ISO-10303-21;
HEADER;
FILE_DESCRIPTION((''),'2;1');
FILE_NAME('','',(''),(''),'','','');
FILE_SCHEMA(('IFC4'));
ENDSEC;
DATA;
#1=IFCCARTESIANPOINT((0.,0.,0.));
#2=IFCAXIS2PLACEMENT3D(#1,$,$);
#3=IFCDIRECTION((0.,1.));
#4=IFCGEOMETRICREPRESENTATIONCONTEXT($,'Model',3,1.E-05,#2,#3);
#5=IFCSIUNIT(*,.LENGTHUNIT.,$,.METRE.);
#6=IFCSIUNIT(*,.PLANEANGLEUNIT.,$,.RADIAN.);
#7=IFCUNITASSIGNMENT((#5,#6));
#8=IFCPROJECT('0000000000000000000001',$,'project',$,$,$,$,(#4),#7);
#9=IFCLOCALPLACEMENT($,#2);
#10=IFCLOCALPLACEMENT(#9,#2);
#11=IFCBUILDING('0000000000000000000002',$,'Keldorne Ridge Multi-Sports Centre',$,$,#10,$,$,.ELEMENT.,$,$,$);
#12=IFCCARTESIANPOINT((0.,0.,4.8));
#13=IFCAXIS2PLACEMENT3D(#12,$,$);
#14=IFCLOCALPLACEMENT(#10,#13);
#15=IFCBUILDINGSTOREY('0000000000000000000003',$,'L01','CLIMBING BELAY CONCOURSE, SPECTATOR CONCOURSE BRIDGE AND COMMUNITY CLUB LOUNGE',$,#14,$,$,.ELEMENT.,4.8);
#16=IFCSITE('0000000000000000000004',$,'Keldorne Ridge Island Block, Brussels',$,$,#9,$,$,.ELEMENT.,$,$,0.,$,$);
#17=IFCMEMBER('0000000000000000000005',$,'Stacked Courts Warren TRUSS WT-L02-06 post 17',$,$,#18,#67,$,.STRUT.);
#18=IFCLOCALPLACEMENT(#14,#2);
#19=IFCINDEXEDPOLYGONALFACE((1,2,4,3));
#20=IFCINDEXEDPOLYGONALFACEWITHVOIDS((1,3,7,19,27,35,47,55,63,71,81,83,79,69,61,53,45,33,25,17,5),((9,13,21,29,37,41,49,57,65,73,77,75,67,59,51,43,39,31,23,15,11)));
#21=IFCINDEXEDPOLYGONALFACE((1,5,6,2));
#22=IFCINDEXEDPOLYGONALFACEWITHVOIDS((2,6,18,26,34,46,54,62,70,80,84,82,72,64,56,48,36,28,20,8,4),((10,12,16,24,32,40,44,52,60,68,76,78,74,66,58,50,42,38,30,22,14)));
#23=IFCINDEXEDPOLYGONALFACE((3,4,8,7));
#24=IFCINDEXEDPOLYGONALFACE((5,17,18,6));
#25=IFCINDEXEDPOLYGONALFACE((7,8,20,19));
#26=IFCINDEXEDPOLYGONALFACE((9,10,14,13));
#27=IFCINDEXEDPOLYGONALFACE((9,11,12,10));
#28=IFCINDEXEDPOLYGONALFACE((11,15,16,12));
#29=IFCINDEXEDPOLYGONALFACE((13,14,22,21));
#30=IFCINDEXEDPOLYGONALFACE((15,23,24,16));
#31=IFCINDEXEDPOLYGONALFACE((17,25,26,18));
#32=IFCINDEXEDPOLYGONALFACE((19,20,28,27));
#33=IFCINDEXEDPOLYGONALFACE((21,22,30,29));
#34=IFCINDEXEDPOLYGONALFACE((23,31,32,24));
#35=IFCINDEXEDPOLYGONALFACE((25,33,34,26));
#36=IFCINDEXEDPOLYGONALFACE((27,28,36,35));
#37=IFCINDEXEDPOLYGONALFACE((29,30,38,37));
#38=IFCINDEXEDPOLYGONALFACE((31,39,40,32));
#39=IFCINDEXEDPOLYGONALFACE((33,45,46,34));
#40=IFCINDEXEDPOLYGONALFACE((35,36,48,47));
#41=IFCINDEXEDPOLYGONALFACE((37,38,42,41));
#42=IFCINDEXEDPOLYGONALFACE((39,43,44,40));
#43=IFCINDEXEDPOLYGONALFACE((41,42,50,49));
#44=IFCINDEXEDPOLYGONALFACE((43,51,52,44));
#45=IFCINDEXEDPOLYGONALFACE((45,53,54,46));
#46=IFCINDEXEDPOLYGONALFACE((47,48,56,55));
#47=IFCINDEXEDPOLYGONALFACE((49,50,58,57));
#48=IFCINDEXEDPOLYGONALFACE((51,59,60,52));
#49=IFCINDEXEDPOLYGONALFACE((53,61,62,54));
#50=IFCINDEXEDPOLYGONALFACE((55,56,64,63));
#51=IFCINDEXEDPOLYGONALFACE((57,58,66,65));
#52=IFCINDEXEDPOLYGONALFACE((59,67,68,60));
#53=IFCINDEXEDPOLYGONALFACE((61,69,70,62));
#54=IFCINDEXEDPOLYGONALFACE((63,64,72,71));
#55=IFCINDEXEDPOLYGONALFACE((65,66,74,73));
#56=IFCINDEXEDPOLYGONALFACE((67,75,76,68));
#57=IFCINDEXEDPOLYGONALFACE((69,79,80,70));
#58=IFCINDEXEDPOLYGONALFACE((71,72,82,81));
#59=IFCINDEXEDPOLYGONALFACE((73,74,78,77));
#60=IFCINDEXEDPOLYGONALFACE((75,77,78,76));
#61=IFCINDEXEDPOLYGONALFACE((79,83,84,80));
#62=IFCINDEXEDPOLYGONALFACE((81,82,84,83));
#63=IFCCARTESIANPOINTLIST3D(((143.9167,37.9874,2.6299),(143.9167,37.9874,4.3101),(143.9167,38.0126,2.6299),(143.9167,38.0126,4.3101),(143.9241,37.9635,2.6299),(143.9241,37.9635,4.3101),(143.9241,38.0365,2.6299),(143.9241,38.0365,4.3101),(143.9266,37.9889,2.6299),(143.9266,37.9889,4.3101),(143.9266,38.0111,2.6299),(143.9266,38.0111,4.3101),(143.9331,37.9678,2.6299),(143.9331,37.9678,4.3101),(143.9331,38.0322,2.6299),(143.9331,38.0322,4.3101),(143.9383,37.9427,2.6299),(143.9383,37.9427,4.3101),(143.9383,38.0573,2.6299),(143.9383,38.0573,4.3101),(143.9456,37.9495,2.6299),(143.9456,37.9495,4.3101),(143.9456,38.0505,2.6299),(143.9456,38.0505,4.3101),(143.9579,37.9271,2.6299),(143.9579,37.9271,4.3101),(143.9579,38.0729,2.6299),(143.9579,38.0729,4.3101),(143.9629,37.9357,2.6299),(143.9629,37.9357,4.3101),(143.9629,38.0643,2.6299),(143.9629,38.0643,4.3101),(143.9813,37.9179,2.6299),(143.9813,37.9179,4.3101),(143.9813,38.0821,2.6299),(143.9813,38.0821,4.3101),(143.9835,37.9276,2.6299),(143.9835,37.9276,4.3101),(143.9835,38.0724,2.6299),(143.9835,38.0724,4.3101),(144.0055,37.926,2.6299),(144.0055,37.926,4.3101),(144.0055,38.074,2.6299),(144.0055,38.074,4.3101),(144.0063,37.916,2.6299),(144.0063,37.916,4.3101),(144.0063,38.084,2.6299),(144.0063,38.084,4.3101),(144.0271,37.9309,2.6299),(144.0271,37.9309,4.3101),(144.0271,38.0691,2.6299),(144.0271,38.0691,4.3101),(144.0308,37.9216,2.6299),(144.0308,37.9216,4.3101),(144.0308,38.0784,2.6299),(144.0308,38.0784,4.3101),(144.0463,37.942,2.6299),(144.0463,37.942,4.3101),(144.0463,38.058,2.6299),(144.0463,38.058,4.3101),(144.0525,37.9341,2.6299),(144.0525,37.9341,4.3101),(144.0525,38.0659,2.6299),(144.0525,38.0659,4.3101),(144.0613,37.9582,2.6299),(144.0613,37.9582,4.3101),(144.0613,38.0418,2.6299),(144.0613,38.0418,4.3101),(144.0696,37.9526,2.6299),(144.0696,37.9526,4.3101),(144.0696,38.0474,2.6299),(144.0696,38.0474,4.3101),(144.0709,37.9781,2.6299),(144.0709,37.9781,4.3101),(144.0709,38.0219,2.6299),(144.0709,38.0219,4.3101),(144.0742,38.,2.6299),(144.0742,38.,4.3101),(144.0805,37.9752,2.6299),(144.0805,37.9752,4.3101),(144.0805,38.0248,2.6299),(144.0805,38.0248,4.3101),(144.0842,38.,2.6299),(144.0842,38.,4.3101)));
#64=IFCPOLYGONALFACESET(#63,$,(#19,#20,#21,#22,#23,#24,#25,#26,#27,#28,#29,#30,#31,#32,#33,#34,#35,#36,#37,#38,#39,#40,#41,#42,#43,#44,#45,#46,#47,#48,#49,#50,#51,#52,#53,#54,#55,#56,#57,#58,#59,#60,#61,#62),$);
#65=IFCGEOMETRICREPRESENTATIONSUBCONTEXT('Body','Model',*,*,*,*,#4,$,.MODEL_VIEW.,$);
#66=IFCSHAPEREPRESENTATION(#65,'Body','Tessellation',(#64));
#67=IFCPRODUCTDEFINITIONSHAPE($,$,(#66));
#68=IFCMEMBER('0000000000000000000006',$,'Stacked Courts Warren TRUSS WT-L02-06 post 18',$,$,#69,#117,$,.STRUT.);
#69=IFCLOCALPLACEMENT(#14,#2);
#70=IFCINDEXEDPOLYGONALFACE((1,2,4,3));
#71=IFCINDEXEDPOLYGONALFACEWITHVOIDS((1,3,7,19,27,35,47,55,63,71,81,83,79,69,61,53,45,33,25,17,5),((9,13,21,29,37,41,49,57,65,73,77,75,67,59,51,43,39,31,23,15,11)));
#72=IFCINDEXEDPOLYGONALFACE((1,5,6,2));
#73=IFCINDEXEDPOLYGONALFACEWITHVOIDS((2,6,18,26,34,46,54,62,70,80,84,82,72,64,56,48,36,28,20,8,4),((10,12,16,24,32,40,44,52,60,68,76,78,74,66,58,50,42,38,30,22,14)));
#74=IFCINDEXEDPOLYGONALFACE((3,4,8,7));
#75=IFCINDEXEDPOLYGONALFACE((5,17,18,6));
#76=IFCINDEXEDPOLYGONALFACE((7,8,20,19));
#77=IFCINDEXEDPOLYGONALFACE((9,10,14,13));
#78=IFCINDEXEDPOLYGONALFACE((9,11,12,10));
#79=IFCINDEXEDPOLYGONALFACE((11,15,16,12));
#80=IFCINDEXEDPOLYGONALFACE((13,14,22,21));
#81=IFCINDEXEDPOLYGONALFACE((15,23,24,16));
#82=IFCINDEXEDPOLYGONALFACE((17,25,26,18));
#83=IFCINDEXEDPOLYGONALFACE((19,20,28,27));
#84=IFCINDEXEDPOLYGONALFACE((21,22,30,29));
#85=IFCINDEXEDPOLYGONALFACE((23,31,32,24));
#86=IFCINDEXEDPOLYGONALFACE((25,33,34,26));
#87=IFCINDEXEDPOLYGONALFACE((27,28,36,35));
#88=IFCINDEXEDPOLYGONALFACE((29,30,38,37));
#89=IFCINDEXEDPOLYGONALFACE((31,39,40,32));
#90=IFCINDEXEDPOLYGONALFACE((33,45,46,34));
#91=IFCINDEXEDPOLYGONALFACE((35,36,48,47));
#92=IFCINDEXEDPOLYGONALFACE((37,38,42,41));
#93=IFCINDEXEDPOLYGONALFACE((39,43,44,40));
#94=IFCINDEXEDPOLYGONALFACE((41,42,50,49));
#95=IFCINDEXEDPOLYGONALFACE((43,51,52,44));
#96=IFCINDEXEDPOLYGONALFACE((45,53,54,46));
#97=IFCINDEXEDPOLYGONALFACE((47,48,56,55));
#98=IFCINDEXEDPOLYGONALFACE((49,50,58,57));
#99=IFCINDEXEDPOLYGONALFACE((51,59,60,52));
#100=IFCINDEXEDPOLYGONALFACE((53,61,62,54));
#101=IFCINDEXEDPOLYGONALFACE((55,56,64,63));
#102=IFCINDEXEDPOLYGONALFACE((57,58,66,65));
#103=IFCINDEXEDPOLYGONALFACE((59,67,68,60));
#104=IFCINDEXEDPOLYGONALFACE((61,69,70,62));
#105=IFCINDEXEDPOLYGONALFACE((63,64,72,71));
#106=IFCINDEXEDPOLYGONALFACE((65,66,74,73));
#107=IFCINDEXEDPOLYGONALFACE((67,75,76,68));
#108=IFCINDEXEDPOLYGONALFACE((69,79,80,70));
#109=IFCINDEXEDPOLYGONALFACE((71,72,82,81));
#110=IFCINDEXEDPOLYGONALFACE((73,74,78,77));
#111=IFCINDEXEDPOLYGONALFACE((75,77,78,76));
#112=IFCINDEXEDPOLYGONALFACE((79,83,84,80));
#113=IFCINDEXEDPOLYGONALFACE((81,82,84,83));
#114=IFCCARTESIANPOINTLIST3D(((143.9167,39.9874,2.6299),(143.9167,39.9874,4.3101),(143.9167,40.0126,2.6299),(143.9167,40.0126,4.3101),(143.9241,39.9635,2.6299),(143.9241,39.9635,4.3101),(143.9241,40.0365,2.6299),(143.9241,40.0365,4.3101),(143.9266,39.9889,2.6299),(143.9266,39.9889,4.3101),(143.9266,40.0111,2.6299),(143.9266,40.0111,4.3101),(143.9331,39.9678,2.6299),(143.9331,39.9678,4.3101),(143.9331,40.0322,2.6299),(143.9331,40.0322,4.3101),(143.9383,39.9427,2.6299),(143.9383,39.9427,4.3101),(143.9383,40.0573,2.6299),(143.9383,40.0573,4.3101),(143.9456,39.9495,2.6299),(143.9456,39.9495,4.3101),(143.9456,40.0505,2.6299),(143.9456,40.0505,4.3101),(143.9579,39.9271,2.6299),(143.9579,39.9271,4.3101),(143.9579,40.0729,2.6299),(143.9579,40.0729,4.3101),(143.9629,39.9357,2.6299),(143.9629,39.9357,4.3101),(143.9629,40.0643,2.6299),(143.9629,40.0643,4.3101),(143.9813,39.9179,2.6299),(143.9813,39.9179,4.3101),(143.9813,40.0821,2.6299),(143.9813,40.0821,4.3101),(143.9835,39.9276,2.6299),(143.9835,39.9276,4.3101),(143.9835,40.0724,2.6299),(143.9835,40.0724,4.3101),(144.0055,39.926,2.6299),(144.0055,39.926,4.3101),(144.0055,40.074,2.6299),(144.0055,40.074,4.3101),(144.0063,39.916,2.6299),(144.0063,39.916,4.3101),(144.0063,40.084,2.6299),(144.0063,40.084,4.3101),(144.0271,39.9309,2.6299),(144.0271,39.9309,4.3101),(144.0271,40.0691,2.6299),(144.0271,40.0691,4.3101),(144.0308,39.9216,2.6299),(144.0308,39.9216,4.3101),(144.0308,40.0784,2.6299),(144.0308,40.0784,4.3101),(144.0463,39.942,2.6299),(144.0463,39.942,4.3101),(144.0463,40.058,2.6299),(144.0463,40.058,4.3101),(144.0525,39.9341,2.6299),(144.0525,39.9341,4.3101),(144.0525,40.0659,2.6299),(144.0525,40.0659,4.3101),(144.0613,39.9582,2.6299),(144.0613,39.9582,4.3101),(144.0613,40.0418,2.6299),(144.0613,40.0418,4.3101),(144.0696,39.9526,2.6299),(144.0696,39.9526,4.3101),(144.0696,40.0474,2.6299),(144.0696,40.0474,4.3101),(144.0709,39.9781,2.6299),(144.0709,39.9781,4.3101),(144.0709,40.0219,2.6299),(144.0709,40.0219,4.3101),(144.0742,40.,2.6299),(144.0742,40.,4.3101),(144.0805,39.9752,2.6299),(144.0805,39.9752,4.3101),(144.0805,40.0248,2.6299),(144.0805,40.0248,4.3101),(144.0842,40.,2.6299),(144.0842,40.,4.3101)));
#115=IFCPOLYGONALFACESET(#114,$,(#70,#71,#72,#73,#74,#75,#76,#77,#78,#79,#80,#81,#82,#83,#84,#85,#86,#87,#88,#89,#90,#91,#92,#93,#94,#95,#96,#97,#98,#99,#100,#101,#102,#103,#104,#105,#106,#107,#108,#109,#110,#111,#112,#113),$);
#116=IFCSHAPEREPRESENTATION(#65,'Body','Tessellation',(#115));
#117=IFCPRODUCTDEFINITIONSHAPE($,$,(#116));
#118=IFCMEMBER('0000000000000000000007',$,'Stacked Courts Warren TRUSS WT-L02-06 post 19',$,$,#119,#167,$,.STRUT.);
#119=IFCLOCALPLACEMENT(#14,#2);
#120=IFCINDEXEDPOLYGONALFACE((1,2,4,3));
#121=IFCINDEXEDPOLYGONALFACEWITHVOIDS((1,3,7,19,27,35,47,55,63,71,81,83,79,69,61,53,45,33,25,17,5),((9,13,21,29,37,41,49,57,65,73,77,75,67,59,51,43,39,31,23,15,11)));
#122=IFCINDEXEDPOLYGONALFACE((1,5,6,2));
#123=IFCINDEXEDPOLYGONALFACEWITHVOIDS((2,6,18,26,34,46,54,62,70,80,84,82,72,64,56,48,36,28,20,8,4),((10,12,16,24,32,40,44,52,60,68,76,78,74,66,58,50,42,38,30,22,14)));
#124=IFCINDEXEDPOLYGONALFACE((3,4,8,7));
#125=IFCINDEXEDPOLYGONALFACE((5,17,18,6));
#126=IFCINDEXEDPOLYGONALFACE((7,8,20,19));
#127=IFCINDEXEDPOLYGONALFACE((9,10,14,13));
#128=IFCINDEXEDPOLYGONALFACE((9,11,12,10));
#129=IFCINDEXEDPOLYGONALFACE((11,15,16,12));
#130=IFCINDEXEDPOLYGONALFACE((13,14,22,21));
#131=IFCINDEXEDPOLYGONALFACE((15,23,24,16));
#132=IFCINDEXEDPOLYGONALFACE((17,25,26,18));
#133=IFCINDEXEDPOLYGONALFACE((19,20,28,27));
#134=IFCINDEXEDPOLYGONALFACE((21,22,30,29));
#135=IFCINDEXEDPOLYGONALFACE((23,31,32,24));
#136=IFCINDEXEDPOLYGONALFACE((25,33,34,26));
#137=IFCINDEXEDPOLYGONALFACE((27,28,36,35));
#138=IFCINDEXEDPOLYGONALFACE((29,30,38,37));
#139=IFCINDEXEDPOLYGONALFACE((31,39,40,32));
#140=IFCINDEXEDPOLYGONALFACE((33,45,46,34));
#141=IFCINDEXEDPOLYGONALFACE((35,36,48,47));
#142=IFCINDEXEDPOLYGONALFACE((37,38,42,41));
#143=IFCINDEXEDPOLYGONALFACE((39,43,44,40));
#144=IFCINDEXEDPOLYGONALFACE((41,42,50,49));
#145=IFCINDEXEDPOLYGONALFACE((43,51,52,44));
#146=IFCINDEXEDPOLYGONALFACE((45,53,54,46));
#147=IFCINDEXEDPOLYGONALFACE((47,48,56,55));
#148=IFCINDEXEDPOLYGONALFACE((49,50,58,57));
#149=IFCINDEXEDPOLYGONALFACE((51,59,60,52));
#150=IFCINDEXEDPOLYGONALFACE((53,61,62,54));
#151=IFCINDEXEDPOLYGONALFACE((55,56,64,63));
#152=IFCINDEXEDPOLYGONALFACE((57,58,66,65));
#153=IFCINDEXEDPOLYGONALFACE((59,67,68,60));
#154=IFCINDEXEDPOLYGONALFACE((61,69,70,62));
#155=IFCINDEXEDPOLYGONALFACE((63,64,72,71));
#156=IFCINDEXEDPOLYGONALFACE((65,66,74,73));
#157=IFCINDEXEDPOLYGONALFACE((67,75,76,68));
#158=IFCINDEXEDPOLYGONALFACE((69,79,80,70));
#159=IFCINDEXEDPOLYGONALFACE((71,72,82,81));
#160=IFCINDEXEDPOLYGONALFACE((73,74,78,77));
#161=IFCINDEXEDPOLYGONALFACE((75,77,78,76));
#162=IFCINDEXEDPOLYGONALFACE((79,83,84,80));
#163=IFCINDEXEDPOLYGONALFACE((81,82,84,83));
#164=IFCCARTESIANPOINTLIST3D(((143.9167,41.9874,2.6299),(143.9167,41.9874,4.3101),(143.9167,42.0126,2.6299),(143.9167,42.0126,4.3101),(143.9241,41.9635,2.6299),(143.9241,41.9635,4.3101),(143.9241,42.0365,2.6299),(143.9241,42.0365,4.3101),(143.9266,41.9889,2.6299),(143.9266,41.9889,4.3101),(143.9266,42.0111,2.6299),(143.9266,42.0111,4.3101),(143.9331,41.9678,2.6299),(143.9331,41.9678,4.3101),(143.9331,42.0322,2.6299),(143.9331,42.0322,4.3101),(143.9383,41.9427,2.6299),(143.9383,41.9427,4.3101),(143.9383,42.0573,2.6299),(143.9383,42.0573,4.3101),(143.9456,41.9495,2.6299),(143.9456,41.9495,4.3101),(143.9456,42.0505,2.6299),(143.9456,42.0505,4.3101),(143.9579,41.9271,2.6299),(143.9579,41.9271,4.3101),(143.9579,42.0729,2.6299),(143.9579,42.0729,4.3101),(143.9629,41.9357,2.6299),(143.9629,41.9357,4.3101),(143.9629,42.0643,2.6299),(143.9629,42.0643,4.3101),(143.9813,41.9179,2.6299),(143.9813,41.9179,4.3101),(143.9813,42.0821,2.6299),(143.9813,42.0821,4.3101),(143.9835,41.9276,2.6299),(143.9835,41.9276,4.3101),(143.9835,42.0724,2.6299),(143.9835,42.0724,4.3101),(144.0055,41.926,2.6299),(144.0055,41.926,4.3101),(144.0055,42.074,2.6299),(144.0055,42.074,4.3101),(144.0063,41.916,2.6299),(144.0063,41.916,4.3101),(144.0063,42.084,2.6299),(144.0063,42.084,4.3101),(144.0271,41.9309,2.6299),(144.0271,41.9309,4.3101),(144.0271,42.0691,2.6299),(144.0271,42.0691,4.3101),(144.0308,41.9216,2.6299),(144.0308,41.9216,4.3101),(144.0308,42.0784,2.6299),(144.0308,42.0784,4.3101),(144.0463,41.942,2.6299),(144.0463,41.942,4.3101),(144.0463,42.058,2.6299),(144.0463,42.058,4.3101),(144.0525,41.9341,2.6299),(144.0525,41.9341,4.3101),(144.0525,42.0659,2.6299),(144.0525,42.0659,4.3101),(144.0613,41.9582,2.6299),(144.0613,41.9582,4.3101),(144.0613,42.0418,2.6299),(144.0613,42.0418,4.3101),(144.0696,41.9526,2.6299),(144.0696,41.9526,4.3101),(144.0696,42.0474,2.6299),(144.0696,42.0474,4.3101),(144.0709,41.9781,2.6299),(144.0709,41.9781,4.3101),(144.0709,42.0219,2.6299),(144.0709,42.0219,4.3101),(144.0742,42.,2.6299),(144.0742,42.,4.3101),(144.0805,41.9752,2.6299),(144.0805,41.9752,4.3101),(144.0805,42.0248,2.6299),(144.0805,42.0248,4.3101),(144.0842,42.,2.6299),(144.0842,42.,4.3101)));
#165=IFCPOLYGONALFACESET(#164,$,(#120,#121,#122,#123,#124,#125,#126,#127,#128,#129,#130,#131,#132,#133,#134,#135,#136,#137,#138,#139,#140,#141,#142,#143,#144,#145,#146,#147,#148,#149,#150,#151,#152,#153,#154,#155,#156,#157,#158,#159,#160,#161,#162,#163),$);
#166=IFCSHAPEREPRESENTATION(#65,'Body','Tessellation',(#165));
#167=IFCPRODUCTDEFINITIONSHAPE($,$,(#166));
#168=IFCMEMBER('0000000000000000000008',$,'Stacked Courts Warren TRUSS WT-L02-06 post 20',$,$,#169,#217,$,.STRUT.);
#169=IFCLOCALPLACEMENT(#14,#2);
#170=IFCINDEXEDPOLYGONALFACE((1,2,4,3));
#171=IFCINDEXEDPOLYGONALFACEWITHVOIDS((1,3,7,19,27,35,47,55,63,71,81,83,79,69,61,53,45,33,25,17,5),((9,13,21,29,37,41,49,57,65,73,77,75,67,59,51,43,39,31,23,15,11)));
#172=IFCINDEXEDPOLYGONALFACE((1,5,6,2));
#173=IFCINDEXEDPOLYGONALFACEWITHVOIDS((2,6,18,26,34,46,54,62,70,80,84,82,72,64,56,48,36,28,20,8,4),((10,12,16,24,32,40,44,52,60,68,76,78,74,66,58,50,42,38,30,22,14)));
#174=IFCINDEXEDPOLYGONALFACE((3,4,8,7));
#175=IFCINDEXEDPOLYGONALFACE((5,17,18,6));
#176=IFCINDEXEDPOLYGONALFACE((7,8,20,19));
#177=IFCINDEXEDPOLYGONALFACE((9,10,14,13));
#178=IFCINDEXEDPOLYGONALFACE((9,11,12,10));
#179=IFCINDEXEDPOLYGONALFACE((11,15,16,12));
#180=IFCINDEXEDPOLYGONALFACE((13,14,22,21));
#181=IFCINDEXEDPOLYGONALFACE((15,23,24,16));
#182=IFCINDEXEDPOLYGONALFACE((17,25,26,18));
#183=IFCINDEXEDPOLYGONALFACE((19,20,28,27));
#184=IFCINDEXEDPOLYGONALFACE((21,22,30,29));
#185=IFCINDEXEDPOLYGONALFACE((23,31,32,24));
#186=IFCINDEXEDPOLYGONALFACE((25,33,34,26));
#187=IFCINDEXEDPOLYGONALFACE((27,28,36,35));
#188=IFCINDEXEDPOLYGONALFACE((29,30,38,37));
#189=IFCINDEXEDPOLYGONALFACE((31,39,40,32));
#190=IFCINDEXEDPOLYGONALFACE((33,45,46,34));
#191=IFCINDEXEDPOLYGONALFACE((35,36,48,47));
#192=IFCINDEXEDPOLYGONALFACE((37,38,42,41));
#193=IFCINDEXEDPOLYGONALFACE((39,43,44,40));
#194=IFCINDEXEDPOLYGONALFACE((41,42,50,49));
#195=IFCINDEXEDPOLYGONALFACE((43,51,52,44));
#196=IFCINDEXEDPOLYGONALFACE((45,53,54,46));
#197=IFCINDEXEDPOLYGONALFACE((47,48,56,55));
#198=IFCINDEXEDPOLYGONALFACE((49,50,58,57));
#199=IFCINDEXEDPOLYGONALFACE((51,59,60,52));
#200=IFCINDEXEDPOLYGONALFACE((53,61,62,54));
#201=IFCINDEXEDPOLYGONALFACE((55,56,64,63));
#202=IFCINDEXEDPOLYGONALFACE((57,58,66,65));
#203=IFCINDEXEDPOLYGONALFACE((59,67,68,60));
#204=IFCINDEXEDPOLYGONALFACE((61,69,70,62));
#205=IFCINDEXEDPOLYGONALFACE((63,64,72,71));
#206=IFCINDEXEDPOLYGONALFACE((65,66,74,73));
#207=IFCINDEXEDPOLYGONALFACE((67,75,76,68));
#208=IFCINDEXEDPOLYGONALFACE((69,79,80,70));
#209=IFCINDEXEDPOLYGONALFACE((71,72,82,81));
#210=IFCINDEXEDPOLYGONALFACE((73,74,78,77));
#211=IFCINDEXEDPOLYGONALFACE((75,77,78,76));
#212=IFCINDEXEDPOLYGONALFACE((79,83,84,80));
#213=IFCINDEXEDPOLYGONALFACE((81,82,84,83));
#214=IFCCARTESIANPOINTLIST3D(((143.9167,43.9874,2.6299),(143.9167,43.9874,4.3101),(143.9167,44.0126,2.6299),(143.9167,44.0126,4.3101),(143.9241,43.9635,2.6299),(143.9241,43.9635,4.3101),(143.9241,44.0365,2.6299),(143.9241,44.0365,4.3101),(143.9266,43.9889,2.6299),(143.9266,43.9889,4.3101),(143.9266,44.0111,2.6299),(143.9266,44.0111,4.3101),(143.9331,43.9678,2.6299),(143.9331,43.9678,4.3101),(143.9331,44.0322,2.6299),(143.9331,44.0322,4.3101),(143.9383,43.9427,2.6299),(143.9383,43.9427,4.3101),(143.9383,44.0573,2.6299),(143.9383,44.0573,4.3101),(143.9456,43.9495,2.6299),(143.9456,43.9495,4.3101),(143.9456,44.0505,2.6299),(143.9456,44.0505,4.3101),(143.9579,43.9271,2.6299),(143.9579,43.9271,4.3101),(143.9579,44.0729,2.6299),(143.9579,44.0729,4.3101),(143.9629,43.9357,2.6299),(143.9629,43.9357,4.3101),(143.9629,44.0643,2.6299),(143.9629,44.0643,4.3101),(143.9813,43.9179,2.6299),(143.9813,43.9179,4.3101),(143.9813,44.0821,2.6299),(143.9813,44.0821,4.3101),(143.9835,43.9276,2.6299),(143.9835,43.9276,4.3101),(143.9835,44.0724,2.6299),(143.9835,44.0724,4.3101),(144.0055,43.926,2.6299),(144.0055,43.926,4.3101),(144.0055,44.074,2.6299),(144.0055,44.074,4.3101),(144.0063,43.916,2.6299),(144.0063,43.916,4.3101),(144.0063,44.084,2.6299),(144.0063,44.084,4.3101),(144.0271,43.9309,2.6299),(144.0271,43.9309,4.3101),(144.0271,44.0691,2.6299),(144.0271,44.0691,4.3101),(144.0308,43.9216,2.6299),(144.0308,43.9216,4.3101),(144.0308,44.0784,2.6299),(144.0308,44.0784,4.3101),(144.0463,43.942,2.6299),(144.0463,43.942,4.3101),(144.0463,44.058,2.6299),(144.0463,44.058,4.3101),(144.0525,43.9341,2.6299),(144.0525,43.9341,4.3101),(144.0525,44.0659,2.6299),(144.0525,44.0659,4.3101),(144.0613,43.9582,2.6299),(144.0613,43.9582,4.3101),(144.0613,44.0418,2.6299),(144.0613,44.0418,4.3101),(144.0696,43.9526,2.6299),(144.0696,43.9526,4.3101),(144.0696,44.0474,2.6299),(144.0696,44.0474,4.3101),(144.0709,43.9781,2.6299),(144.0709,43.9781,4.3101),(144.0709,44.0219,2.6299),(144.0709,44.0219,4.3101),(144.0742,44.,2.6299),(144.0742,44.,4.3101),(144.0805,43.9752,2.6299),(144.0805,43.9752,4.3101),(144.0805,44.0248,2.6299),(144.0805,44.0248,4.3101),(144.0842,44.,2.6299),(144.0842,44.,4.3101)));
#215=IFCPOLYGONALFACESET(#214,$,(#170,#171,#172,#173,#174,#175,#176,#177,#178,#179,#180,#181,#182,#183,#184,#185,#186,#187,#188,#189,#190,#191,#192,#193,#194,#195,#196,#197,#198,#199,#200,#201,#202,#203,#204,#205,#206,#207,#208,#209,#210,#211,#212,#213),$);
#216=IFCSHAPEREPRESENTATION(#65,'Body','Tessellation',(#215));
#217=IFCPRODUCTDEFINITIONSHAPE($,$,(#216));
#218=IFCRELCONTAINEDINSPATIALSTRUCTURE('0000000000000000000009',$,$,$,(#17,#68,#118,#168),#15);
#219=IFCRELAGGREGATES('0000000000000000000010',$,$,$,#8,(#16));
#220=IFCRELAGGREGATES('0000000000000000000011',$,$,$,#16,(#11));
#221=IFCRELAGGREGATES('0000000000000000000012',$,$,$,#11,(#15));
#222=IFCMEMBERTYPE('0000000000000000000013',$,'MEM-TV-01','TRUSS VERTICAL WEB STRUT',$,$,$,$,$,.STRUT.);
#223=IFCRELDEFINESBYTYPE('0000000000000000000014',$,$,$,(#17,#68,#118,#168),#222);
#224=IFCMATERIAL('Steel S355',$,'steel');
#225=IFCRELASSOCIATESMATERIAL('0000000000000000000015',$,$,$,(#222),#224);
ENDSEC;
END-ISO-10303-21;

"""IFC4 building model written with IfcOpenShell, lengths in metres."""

from ifc_helpers import new_model, si_unit, direction, frame, origin, origin_2d, place, context, subcontext, project, spatial, hollow_circle, extrude, material, material_profile, profile_set, type_object, element, save


model = new_model("IFC4")

# Units and contexts
model_context = context("Model", 3, precision=1e-05, world=origin(), true_north=direction((0.0, 1.0)))
body_context = subcontext(model_context, "Body", "Model", "MODEL_VIEW")
ifc_project = project(units=[si_unit("LENGTHUNIT", "METRE"), si_unit("PLANEANGLEUNIT", "RADIAN")], contexts=[model_context])

# Site, building, storey
site_placement = place(None, origin())
site = spatial("IfcSite", under=ifc_project, at=site_placement, Name="Keldorne Ridge Island Block, Brussels", CompositionType="ELEMENT", RefElevation=0.0)
building_placement = place(site_placement, origin())
building = spatial("IfcBuilding", under=site, at=building_placement, Name="Keldorne Ridge Multi-Sports Centre", CompositionType="ELEMENT")
storey_placement = place(building_placement, frame((0.0, 0.0, 4.8)))
storey = spatial("IfcBuildingStorey", under=building, at=storey_placement, Name="L01", Description="CLIMBING BELAY CONCOURSE, SPECTATOR CONCOURSE BRIDGE AND COMMUNITY CLUB LOUNGE", CompositionType="ELEMENT", Elevation=4.8)

# Members
ifc_material = material(Name="Steel S355", Category="steel")
ifc_material_profile_1 = material_profile(ifc_material, hollow_circle(Radius=0.0842, WallThickness=0.01, at=origin_2d()), Name="CHS 168.3x10")
ifc_profile_set_1 = profile_set([ifc_material_profile_1], Name="Steel S355")
member_type_1 = type_object("IfcMemberType", Name="MEM-TV-01", Description="TRUSS VERTICAL WEB STRUT", PredefinedType="STRUT", material=ifc_profile_set_1)
for number, where, z_axis, x_axis, name in (
    (1, (144.0, 38.0, 2.6299), (0.0, 0.0, 1.0), (1.0, 0.0, 0.0), "Stacked Courts Warren TRUSS WT-L02-06 post 17"),
    (2, (144.0, 40.0, 2.6299), (0.0, 0.0, 1.0), (1.0, 0.0, 0.0), "Stacked Courts Warren TRUSS WT-L02-06 post 18"),
    (3, (144.0, 42.0, 2.6299), (0.0, 0.0, 1.0), (1.0, 0.0, 0.0), "Stacked Courts Warren TRUSS WT-L02-06 post 19"),
    (4, (144.0, 44.0, 2.6299), (0.0, 0.0, 1.0), (1.0, 0.0, 0.0), "Stacked Courts Warren TRUSS WT-L02-06 post 20"),
):
    element("IfcMember", number, at=place(storey_placement, frame(where, z_axis=z_axis, x_axis=x_axis)), inside=storey, type_object=member_type_1, Name=name, PredefinedType="STRUT", context=body_context, shape_type="SweptSolid", body=[
        extrude(hollow_circle(Radius=0.0842, WallThickness=0.01, at=origin_2d()), origin(), (0.0, 0.0, 1.0), 1.6802),
    ])

save(model, "model.ifc")
